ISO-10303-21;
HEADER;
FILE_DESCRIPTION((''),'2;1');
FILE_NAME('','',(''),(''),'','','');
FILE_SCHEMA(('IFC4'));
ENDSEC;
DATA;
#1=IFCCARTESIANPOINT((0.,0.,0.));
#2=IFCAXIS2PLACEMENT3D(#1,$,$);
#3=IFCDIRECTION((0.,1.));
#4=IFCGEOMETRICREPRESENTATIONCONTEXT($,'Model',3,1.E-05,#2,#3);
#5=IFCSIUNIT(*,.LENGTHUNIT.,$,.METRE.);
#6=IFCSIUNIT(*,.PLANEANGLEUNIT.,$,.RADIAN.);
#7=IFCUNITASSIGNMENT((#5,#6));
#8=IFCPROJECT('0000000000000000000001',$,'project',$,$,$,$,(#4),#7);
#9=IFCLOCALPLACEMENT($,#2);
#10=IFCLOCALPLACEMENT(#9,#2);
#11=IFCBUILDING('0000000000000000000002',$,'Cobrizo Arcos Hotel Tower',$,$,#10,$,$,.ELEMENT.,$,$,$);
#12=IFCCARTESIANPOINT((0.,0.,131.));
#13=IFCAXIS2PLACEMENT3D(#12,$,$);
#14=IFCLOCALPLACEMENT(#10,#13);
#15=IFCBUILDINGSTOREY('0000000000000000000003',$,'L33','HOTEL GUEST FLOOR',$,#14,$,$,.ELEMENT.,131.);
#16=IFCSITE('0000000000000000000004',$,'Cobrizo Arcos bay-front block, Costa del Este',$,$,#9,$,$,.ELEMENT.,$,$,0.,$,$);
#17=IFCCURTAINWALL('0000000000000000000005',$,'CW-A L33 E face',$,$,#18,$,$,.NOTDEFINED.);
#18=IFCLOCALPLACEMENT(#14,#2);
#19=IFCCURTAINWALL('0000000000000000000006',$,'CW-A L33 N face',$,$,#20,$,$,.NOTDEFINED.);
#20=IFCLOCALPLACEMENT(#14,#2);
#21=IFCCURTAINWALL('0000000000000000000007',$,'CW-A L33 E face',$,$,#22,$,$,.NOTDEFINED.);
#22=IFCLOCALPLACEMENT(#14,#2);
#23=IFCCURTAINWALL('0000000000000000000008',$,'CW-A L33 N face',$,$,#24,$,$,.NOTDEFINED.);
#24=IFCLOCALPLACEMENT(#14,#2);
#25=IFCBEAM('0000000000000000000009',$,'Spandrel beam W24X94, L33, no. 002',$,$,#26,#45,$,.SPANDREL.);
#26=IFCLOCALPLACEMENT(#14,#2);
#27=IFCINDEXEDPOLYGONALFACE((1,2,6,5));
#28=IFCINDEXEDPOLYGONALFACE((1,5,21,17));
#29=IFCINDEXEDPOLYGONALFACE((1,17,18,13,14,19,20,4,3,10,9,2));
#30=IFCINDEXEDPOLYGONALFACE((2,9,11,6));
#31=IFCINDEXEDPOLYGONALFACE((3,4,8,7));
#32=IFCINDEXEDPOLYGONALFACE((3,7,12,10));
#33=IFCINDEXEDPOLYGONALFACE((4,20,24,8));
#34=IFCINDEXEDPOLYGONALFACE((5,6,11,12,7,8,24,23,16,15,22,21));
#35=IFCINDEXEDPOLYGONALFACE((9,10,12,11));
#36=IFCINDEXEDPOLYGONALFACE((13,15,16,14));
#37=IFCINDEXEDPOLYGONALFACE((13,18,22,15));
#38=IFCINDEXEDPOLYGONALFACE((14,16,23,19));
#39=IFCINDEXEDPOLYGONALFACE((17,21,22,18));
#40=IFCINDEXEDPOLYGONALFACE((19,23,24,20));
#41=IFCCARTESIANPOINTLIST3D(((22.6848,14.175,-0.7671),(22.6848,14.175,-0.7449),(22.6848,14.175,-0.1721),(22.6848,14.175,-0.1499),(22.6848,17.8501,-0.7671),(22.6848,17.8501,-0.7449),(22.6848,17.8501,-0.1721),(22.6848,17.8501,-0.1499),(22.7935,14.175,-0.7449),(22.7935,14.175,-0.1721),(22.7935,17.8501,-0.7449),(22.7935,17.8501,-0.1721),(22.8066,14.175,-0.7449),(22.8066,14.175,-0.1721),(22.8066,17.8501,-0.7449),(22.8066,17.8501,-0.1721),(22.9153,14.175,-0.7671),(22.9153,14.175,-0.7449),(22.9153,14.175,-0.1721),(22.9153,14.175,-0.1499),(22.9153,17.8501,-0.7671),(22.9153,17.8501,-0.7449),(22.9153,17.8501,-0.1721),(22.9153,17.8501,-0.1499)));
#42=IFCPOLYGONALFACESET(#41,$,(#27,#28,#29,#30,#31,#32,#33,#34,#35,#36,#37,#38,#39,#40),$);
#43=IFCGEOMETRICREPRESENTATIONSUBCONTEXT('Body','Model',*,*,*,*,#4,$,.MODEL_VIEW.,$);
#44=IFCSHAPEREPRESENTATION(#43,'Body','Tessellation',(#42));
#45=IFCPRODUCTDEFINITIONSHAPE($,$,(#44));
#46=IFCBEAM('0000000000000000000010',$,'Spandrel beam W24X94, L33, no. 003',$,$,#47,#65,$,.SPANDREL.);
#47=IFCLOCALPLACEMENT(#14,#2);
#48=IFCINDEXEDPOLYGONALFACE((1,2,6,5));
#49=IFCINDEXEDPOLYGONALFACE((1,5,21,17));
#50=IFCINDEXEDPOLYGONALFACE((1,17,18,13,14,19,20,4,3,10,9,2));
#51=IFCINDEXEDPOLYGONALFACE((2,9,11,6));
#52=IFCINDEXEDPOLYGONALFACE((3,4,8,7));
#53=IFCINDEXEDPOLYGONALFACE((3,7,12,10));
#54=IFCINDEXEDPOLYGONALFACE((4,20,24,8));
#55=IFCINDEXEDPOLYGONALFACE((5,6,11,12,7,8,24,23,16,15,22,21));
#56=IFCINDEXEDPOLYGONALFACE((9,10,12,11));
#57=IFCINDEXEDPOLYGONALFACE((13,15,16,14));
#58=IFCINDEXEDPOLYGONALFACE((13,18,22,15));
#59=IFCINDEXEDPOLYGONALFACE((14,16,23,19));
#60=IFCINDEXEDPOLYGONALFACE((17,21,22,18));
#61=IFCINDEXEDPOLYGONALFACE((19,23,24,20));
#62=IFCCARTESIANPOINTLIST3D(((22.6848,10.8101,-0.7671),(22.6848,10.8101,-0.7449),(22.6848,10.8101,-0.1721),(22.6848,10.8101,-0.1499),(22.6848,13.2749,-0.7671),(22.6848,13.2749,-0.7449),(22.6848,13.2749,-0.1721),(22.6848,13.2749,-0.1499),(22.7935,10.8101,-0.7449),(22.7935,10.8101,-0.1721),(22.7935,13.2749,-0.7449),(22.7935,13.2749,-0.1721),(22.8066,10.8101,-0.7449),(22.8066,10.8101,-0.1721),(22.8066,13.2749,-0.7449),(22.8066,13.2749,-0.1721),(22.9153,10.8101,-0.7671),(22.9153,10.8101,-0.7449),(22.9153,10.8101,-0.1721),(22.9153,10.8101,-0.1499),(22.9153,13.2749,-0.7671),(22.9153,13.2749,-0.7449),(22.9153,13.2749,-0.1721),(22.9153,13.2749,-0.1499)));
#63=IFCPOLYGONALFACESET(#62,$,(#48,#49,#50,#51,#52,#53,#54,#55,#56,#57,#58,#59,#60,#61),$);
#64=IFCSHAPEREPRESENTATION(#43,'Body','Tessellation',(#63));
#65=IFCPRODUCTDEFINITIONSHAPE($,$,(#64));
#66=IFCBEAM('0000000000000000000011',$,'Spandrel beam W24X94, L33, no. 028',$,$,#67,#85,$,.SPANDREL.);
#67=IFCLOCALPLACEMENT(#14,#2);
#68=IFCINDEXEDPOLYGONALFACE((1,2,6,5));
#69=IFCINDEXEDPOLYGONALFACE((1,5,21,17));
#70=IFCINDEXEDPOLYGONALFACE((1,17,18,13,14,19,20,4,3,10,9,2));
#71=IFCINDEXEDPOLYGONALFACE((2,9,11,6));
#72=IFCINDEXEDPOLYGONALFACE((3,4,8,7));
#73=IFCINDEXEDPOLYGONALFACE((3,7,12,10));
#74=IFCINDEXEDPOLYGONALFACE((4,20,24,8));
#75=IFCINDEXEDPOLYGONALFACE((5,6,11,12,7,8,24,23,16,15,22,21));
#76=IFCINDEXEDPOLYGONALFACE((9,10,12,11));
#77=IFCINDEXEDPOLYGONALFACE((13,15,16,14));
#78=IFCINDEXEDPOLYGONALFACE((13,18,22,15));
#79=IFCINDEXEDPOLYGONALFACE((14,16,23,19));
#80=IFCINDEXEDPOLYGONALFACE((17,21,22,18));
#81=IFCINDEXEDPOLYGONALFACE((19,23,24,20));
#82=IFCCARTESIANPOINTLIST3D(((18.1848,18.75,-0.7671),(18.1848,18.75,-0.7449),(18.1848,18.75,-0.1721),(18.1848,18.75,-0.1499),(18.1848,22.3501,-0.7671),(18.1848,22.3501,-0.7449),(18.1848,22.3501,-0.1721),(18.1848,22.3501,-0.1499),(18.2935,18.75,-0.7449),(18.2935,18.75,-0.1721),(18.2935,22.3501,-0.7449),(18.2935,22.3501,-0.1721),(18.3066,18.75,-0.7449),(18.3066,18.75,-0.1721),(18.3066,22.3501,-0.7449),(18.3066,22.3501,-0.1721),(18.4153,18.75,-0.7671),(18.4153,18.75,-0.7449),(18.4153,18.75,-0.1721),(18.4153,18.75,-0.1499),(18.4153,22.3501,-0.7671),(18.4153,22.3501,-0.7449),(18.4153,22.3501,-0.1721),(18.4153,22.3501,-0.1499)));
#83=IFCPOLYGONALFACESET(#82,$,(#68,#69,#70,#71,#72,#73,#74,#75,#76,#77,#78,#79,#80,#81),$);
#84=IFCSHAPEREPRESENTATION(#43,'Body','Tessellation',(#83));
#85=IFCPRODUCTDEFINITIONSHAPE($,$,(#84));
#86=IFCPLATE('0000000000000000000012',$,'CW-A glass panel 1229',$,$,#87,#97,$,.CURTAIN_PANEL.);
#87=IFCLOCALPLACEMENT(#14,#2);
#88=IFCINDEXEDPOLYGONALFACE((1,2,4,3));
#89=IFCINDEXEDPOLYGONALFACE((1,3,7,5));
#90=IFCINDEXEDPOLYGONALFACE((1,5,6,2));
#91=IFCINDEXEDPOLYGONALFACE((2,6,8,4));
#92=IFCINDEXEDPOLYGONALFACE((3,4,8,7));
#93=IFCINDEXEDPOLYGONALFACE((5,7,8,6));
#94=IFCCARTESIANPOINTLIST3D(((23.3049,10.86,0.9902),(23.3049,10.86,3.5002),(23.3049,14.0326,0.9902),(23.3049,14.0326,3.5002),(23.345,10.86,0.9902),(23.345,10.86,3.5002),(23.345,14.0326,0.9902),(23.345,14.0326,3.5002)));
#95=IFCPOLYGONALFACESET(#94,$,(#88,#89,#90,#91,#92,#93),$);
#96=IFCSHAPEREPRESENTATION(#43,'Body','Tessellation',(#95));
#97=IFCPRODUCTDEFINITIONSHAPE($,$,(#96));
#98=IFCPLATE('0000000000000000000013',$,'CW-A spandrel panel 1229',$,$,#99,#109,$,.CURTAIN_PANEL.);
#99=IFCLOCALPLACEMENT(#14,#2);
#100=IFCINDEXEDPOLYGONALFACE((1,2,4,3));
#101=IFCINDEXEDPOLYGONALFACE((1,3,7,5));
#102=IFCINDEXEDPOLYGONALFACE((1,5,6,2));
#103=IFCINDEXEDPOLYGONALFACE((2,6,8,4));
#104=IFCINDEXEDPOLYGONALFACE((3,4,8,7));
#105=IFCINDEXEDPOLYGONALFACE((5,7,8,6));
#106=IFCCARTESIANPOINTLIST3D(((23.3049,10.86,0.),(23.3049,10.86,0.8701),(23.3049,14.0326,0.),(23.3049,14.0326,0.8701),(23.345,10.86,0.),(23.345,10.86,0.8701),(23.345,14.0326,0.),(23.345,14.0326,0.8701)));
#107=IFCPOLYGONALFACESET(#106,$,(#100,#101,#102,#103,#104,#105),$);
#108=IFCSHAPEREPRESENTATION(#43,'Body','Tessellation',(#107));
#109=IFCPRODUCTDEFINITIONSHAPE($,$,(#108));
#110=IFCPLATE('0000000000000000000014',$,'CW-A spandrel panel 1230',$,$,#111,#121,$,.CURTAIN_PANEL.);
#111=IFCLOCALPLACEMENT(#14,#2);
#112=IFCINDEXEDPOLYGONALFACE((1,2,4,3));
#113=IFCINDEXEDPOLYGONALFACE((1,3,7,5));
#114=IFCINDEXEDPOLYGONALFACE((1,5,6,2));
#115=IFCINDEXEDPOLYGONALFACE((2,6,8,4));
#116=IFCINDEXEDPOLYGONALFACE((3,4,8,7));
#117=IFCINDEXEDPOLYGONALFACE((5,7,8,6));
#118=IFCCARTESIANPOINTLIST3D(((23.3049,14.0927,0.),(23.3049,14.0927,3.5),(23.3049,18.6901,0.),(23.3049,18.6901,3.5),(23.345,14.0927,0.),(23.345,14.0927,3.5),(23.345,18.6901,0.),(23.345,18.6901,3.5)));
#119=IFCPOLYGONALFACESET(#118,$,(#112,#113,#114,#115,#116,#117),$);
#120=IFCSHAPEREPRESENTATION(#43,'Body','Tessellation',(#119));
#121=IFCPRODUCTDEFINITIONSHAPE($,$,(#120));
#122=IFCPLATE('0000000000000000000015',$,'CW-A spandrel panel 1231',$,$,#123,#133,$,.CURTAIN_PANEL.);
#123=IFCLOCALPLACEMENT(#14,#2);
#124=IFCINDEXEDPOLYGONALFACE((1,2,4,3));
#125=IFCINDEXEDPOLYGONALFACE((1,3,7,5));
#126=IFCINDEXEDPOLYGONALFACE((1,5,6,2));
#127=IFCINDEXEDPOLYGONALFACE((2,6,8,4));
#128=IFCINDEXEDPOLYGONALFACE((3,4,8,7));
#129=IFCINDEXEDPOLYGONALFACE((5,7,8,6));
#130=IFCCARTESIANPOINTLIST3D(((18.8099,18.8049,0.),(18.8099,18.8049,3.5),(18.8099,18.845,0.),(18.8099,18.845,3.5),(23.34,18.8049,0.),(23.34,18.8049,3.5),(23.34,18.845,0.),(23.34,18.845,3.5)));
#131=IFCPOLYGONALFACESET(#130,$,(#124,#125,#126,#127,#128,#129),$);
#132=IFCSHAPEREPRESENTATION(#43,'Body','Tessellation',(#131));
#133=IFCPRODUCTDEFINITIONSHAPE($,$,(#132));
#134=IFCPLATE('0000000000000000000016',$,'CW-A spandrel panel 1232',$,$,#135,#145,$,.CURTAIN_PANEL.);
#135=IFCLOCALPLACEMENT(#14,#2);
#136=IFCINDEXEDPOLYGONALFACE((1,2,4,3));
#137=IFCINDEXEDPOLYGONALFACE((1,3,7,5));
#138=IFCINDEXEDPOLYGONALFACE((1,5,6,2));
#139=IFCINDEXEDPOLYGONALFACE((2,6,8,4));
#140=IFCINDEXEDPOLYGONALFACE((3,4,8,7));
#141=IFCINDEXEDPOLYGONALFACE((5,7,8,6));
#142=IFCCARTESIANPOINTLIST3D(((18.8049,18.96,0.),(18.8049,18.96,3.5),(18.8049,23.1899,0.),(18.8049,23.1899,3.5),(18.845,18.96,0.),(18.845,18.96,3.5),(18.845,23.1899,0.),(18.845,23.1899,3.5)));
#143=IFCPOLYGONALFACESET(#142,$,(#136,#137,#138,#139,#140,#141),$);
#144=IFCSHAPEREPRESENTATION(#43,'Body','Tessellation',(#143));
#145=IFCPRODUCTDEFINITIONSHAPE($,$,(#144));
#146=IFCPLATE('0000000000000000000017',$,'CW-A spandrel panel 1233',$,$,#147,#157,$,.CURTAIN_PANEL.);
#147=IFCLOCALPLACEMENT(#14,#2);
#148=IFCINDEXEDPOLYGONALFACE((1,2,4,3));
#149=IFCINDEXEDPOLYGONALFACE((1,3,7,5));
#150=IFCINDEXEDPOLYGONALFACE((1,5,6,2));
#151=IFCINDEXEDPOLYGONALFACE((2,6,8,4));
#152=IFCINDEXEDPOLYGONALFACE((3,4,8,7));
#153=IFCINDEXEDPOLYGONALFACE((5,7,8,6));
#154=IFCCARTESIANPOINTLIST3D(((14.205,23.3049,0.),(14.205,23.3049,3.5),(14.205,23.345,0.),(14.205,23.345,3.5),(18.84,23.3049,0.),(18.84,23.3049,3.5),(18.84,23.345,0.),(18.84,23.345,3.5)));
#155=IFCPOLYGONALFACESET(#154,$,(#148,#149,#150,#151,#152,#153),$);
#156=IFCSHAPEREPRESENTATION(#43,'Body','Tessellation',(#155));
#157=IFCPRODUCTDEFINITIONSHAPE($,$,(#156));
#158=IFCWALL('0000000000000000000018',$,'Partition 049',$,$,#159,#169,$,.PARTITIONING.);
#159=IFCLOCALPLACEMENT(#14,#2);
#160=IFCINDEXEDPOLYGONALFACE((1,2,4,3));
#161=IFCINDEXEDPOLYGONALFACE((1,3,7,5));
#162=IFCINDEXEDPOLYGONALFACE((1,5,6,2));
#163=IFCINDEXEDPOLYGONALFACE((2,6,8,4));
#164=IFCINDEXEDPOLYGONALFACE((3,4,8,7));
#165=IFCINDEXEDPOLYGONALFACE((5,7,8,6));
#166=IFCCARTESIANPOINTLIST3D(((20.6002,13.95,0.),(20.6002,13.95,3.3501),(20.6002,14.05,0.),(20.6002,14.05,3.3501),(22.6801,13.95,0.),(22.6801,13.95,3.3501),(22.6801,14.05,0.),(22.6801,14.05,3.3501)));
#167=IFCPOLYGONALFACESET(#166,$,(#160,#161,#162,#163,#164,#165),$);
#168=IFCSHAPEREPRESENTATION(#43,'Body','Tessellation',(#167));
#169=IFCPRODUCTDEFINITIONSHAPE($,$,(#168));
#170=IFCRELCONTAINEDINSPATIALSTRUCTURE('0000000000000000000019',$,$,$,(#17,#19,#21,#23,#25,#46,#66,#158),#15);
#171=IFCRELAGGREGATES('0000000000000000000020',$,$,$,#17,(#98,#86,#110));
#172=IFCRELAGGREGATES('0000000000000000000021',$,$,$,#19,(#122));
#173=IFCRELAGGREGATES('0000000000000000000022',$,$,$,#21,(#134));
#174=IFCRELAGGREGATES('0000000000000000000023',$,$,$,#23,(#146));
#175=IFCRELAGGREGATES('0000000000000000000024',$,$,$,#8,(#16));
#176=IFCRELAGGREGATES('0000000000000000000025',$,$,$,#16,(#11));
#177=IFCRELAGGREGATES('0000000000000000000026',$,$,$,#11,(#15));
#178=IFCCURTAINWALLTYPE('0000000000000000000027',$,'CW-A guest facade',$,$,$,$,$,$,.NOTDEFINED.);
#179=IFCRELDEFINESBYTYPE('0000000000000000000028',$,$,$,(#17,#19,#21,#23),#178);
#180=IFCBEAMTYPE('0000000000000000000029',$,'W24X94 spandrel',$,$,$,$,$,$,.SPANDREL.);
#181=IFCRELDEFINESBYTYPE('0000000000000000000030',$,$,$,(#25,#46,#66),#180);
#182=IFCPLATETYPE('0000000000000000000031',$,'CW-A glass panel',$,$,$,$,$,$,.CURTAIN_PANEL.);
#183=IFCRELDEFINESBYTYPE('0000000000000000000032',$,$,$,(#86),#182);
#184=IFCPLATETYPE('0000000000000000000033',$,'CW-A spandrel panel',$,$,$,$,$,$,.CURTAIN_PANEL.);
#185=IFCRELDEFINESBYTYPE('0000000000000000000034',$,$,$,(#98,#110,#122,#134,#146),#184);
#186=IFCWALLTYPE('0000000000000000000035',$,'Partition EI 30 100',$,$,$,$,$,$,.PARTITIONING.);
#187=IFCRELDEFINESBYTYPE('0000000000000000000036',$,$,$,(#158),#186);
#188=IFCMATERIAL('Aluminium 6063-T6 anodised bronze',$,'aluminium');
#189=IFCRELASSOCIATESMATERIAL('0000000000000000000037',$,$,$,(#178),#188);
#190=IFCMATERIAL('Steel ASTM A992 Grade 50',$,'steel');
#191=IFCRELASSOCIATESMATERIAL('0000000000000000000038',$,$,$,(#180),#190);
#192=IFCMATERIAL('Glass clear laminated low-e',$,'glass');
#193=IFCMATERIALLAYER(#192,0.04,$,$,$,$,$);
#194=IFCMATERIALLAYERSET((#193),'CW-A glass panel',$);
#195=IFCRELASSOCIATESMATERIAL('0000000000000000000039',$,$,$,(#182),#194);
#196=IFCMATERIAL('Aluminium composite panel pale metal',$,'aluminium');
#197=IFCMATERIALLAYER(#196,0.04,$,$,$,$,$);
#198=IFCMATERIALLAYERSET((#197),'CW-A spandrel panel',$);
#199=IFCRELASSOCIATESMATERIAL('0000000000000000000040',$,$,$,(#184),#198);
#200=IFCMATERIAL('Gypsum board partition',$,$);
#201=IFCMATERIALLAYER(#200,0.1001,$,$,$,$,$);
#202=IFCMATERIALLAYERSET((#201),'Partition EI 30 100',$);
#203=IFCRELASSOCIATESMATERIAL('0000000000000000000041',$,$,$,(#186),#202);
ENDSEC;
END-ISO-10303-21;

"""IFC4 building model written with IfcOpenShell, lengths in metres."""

from ifc_helpers import new_model, si_unit, direction, frame, frame_2d, origin, origin_2d, place, context, subcontext, project, spatial, rectangle, i_section, extrude, material, layer, layer_set, material_profile, profile_set, type_object, element, aggregate, save


model = new_model("IFC4")

# Units and contexts
model_context = context("Model", 3, precision=1e-05, world=origin(), true_north=direction((0.0, 1.0)))
body_context = subcontext(model_context, "Body", "Model", "MODEL_VIEW")
ifc_project = project(units=[si_unit("LENGTHUNIT", "METRE"), si_unit("PLANEANGLEUNIT", "RADIAN")], contexts=[model_context])

# Site, building, storey
site_placement = place(None, origin())
site = spatial("IfcSite", under=ifc_project, at=site_placement, Name="Cobrizo Arcos bay-front block, Costa del Este", CompositionType="ELEMENT", RefElevation=0.0)
building_placement = place(site_placement, origin())
building = spatial("IfcBuilding", under=site, at=building_placement, Name="Cobrizo Arcos Hotel Tower", CompositionType="ELEMENT")
storey_placement = place(building_placement, frame((0.0, 0.0, 131.0)))
storey = spatial("IfcBuildingStorey", under=building, at=storey_placement, Name="L33", Description="HOTEL GUEST FLOOR", CompositionType="ELEMENT", Elevation=131.0)

# Curtain walls
ifc_material_1 = material(Name="Aluminium 6063-T6 anodised bronze", Category="aluminium")
curtain_wall_type = type_object("IfcCurtainWallType", Name="CW-A guest facade", PredefinedType="NOTDEFINED", material=ifc_material_1)
curtain_wall_1_placement = place(storey_placement, origin())
curtain_wall_1 = element("IfcCurtainWall", 1, at=curtain_wall_1_placement, inside=storey, type_object=curtain_wall_type, Name="CW-A L33 E face", PredefinedType="NOTDEFINED")
curtain_wall_2_placement = place(storey_placement, origin())
curtain_wall_2 = element("IfcCurtainWall", 2, at=curtain_wall_2_placement, inside=storey, type_object=curtain_wall_type, Name="CW-A L33 N face", PredefinedType="NOTDEFINED")
curtain_wall_3_placement = place(storey_placement, origin())
curtain_wall_3 = element("IfcCurtainWall", 3, at=curtain_wall_3_placement, inside=storey, type_object=curtain_wall_type, Name="CW-A L33 E face", PredefinedType="NOTDEFINED")
curtain_wall_4_placement = place(storey_placement, origin())
curtain_wall_4 = element("IfcCurtainWall", 4, at=curtain_wall_4_placement, inside=storey, type_object=curtain_wall_type, Name="CW-A L33 N face", PredefinedType="NOTDEFINED")

# Beams
ifc_material_2 = material(Name="Steel ASTM A992 Grade 50", Category="steel")
ifc_material_profile_1 = material_profile(ifc_material_2, i_section(OverallWidth=0.2305, OverallDepth=0.6172, WebThickness=0.0132, FlangeThickness=0.0222, at=origin_2d()), Name="W24X94")
ifc_profile_set_1 = profile_set([ifc_material_profile_1], Name="Steel ASTM A992 Grade 50")
beam_type = type_object("IfcBeamType", Name="W24X94 spandrel", PredefinedType="SPANDREL", material=ifc_profile_set_1)
beam_1_placement = place(storey_placement, frame((22.8, 17.8501, -0.4585), z_axis=(0.0, -1.0, 0.0), x_axis=(1.0, 0.0, 0.0)))
element("IfcBeam", 5, at=beam_1_placement, inside=storey, type_object=beam_type, Name="Spandrel beam W24X94, L33, no. 002", PredefinedType="SPANDREL", context=body_context, shape_type="SweptSolid", body=[
    extrude(i_section(OverallWidth=0.2305, OverallDepth=0.6172, WebThickness=0.0132, FlangeThickness=0.0222, at=origin_2d()), origin(), (0.0, 0.0, 1.0), 3.675),
])
beam_2_placement = place(storey_placement, frame((22.8, 13.2749, -0.4585), z_axis=(0.0, -1.0, 0.0), x_axis=(1.0, 0.0, 0.0)))
element("IfcBeam", 6, at=beam_2_placement, inside=storey, type_object=beam_type, Name="Spandrel beam W24X94, L33, no. 003", PredefinedType="SPANDREL", context=body_context, shape_type="SweptSolid", body=[
    extrude(i_section(OverallWidth=0.2305, OverallDepth=0.6172, WebThickness=0.0132, FlangeThickness=0.0222, at=origin_2d()), origin(), (0.0, 0.0, 1.0), 2.4648),
])
beam_3_placement = place(storey_placement, frame((18.3, 22.3501, -0.4585), z_axis=(0.0, -1.0, 0.0), x_axis=(1.0, 0.0, 0.0)))
element("IfcBeam", 7, at=beam_3_placement, inside=storey, type_object=beam_type, Name="Spandrel beam W24X94, L33, no. 028", PredefinedType="SPANDREL", context=body_context, shape_type="SweptSolid", body=[
    extrude(i_section(OverallWidth=0.2305, OverallDepth=0.6172, WebThickness=0.0132, FlangeThickness=0.0222, at=origin_2d()), origin(), (0.0, 0.0, 1.0), 3.6001),
])

# Plates
ifc_material_3 = material(Name="Glass clear laminated low-e", Category="glass")
ifc_layer_1 = layer(ifc_material_3, 0.04)
ifc_layer_set_1 = layer_set([ifc_layer_1], Name="CW-A glass panel")
plate_type_1 = type_object("IfcPlateType", Name="CW-A glass panel", PredefinedType="CURTAIN_PANEL", material=ifc_layer_set_1)
plate_1_placement = place(storey_placement, frame((23.325, 12.4463, 0.9902), z_axis=(0.0, 0.0, 1.0), x_axis=(0.0, 1.0, 0.0)))
plate_1 = element("IfcPlate", 8, at=plate_1_placement, type_object=plate_type_1, Name="CW-A glass panel 1229", PredefinedType="CURTAIN_PANEL", context=body_context, shape_type="SweptSolid", body=[
    extrude(rectangle(XDim=3.1726, YDim=0.04, at=origin_2d()), origin(), (0.0, 0.0, 1.0), 2.51),
])
ifc_material_4 = material(Name="Aluminium composite panel pale metal", Category="aluminium")
ifc_layer_2 = layer(ifc_material_4, 0.04)
ifc_layer_set_2 = layer_set([ifc_layer_2], Name="CW-A spandrel panel")
plate_type_2 = type_object("IfcPlateType", Name="CW-A spandrel panel", PredefinedType="CURTAIN_PANEL", material=ifc_layer_set_2)
plate_2_placement = place(storey_placement, frame((23.325, 12.4463, 0.0), z_axis=(0.0, 0.0, 1.0), x_axis=(0.0, 1.0, 0.0)))
plate_2 = element("IfcPlate", 9, at=plate_2_placement, type_object=plate_type_2, Name="CW-A spandrel panel 1229", PredefinedType="CURTAIN_PANEL", context=body_context, shape_type="SweptSolid", body=[
    extrude(rectangle(XDim=3.1726, YDim=0.04, at=origin_2d()), origin(), (0.0, 0.0, 1.0), 0.8701),
])
plate_3_placement = place(storey_placement, frame((23.325, 16.3914, 0.0), z_axis=(0.0, 0.0, 1.0), x_axis=(0.0, 1.0, 0.0)))
plate_3 = element("IfcPlate", 10, at=plate_3_placement, type_object=plate_type_2, Name="CW-A spandrel panel 1230", PredefinedType="CURTAIN_PANEL", context=body_context, shape_type="SweptSolid", body=[
    extrude(rectangle(XDim=4.5974, YDim=0.04, at=origin_2d()), origin(), (0.0, 0.0, 1.0), 3.5),
])
aggregate(curtain_wall_1, [plate_2, plate_1, plate_3])
plate_4_placement = place(storey_placement, frame((21.075, 18.825, 0.0), z_axis=(0.0, 0.0, 1.0), x_axis=(-1.0, 0.0, 0.0)))
plate_4 = element("IfcPlate", 11, at=plate_4_placement, type_object=plate_type_2, Name="CW-A spandrel panel 1231", PredefinedType="CURTAIN_PANEL", context=body_context, shape_type="SweptSolid", body=[
    extrude(rectangle(XDim=4.53, YDim=0.04, at=origin_2d()), origin(), (0.0, 0.0, 1.0), 3.5),
])
aggregate(curtain_wall_2, [plate_4])
plate_5_placement = place(storey_placement, frame((18.825, 21.075, 0.0), z_axis=(0.0, 0.0, 1.0), x_axis=(0.0, 1.0, 0.0)))
plate_5 = element("IfcPlate", 12, at=plate_5_placement, type_object=plate_type_2, Name="CW-A spandrel panel 1232", PredefinedType="CURTAIN_PANEL", context=body_context, shape_type="SweptSolid", body=[
    extrude(rectangle(XDim=4.23, YDim=0.04, at=origin_2d()), origin(), (0.0, 0.0, 1.0), 3.5),
])
aggregate(curtain_wall_3, [plate_5])
plate_6_placement = place(storey_placement, frame((16.5225, 23.325, 0.0), z_axis=(0.0, 0.0, 1.0), x_axis=(-1.0, 0.0, 0.0)))
plate_6 = element("IfcPlate", 13, at=plate_6_placement, type_object=plate_type_2, Name="CW-A spandrel panel 1233", PredefinedType="CURTAIN_PANEL", context=body_context, shape_type="SweptSolid", body=[
    extrude(rectangle(XDim=4.635, YDim=0.04, at=origin_2d()), origin(), (0.0, 0.0, 1.0), 3.5),
])
aggregate(curtain_wall_4, [plate_6])

# Wall
ifc_material_5 = material(Name="Gypsum board partition")
ifc_layer_3 = layer(ifc_material_5, 0.1001)
ifc_layer_set_3 = layer_set([ifc_layer_3], Name="Partition EI 30 100")
wall_type = type_object("IfcWallType", Name="Partition EI 30 100", PredefinedType="PARTITIONING", material=ifc_layer_set_3)
wall_1_placement = place(storey_placement, frame((20.6001, 14.0, 0.0), z_axis=(0.0, 0.0, 1.0), x_axis=(1.0, 0.0, 0.0)))
element("IfcWall", 14, at=wall_1_placement, inside=storey, type_object=wall_type, Name="Partition 049", PredefinedType="PARTITIONING", context=body_context, shape_type="SweptSolid", body=[
    extrude(rectangle(XDim=2.0798, YDim=0.1001, at=frame_2d((1.04, 0.0))), origin(), (0.0, 0.0, 1.0), 3.3501),
])

save(model, "model.ifc")
